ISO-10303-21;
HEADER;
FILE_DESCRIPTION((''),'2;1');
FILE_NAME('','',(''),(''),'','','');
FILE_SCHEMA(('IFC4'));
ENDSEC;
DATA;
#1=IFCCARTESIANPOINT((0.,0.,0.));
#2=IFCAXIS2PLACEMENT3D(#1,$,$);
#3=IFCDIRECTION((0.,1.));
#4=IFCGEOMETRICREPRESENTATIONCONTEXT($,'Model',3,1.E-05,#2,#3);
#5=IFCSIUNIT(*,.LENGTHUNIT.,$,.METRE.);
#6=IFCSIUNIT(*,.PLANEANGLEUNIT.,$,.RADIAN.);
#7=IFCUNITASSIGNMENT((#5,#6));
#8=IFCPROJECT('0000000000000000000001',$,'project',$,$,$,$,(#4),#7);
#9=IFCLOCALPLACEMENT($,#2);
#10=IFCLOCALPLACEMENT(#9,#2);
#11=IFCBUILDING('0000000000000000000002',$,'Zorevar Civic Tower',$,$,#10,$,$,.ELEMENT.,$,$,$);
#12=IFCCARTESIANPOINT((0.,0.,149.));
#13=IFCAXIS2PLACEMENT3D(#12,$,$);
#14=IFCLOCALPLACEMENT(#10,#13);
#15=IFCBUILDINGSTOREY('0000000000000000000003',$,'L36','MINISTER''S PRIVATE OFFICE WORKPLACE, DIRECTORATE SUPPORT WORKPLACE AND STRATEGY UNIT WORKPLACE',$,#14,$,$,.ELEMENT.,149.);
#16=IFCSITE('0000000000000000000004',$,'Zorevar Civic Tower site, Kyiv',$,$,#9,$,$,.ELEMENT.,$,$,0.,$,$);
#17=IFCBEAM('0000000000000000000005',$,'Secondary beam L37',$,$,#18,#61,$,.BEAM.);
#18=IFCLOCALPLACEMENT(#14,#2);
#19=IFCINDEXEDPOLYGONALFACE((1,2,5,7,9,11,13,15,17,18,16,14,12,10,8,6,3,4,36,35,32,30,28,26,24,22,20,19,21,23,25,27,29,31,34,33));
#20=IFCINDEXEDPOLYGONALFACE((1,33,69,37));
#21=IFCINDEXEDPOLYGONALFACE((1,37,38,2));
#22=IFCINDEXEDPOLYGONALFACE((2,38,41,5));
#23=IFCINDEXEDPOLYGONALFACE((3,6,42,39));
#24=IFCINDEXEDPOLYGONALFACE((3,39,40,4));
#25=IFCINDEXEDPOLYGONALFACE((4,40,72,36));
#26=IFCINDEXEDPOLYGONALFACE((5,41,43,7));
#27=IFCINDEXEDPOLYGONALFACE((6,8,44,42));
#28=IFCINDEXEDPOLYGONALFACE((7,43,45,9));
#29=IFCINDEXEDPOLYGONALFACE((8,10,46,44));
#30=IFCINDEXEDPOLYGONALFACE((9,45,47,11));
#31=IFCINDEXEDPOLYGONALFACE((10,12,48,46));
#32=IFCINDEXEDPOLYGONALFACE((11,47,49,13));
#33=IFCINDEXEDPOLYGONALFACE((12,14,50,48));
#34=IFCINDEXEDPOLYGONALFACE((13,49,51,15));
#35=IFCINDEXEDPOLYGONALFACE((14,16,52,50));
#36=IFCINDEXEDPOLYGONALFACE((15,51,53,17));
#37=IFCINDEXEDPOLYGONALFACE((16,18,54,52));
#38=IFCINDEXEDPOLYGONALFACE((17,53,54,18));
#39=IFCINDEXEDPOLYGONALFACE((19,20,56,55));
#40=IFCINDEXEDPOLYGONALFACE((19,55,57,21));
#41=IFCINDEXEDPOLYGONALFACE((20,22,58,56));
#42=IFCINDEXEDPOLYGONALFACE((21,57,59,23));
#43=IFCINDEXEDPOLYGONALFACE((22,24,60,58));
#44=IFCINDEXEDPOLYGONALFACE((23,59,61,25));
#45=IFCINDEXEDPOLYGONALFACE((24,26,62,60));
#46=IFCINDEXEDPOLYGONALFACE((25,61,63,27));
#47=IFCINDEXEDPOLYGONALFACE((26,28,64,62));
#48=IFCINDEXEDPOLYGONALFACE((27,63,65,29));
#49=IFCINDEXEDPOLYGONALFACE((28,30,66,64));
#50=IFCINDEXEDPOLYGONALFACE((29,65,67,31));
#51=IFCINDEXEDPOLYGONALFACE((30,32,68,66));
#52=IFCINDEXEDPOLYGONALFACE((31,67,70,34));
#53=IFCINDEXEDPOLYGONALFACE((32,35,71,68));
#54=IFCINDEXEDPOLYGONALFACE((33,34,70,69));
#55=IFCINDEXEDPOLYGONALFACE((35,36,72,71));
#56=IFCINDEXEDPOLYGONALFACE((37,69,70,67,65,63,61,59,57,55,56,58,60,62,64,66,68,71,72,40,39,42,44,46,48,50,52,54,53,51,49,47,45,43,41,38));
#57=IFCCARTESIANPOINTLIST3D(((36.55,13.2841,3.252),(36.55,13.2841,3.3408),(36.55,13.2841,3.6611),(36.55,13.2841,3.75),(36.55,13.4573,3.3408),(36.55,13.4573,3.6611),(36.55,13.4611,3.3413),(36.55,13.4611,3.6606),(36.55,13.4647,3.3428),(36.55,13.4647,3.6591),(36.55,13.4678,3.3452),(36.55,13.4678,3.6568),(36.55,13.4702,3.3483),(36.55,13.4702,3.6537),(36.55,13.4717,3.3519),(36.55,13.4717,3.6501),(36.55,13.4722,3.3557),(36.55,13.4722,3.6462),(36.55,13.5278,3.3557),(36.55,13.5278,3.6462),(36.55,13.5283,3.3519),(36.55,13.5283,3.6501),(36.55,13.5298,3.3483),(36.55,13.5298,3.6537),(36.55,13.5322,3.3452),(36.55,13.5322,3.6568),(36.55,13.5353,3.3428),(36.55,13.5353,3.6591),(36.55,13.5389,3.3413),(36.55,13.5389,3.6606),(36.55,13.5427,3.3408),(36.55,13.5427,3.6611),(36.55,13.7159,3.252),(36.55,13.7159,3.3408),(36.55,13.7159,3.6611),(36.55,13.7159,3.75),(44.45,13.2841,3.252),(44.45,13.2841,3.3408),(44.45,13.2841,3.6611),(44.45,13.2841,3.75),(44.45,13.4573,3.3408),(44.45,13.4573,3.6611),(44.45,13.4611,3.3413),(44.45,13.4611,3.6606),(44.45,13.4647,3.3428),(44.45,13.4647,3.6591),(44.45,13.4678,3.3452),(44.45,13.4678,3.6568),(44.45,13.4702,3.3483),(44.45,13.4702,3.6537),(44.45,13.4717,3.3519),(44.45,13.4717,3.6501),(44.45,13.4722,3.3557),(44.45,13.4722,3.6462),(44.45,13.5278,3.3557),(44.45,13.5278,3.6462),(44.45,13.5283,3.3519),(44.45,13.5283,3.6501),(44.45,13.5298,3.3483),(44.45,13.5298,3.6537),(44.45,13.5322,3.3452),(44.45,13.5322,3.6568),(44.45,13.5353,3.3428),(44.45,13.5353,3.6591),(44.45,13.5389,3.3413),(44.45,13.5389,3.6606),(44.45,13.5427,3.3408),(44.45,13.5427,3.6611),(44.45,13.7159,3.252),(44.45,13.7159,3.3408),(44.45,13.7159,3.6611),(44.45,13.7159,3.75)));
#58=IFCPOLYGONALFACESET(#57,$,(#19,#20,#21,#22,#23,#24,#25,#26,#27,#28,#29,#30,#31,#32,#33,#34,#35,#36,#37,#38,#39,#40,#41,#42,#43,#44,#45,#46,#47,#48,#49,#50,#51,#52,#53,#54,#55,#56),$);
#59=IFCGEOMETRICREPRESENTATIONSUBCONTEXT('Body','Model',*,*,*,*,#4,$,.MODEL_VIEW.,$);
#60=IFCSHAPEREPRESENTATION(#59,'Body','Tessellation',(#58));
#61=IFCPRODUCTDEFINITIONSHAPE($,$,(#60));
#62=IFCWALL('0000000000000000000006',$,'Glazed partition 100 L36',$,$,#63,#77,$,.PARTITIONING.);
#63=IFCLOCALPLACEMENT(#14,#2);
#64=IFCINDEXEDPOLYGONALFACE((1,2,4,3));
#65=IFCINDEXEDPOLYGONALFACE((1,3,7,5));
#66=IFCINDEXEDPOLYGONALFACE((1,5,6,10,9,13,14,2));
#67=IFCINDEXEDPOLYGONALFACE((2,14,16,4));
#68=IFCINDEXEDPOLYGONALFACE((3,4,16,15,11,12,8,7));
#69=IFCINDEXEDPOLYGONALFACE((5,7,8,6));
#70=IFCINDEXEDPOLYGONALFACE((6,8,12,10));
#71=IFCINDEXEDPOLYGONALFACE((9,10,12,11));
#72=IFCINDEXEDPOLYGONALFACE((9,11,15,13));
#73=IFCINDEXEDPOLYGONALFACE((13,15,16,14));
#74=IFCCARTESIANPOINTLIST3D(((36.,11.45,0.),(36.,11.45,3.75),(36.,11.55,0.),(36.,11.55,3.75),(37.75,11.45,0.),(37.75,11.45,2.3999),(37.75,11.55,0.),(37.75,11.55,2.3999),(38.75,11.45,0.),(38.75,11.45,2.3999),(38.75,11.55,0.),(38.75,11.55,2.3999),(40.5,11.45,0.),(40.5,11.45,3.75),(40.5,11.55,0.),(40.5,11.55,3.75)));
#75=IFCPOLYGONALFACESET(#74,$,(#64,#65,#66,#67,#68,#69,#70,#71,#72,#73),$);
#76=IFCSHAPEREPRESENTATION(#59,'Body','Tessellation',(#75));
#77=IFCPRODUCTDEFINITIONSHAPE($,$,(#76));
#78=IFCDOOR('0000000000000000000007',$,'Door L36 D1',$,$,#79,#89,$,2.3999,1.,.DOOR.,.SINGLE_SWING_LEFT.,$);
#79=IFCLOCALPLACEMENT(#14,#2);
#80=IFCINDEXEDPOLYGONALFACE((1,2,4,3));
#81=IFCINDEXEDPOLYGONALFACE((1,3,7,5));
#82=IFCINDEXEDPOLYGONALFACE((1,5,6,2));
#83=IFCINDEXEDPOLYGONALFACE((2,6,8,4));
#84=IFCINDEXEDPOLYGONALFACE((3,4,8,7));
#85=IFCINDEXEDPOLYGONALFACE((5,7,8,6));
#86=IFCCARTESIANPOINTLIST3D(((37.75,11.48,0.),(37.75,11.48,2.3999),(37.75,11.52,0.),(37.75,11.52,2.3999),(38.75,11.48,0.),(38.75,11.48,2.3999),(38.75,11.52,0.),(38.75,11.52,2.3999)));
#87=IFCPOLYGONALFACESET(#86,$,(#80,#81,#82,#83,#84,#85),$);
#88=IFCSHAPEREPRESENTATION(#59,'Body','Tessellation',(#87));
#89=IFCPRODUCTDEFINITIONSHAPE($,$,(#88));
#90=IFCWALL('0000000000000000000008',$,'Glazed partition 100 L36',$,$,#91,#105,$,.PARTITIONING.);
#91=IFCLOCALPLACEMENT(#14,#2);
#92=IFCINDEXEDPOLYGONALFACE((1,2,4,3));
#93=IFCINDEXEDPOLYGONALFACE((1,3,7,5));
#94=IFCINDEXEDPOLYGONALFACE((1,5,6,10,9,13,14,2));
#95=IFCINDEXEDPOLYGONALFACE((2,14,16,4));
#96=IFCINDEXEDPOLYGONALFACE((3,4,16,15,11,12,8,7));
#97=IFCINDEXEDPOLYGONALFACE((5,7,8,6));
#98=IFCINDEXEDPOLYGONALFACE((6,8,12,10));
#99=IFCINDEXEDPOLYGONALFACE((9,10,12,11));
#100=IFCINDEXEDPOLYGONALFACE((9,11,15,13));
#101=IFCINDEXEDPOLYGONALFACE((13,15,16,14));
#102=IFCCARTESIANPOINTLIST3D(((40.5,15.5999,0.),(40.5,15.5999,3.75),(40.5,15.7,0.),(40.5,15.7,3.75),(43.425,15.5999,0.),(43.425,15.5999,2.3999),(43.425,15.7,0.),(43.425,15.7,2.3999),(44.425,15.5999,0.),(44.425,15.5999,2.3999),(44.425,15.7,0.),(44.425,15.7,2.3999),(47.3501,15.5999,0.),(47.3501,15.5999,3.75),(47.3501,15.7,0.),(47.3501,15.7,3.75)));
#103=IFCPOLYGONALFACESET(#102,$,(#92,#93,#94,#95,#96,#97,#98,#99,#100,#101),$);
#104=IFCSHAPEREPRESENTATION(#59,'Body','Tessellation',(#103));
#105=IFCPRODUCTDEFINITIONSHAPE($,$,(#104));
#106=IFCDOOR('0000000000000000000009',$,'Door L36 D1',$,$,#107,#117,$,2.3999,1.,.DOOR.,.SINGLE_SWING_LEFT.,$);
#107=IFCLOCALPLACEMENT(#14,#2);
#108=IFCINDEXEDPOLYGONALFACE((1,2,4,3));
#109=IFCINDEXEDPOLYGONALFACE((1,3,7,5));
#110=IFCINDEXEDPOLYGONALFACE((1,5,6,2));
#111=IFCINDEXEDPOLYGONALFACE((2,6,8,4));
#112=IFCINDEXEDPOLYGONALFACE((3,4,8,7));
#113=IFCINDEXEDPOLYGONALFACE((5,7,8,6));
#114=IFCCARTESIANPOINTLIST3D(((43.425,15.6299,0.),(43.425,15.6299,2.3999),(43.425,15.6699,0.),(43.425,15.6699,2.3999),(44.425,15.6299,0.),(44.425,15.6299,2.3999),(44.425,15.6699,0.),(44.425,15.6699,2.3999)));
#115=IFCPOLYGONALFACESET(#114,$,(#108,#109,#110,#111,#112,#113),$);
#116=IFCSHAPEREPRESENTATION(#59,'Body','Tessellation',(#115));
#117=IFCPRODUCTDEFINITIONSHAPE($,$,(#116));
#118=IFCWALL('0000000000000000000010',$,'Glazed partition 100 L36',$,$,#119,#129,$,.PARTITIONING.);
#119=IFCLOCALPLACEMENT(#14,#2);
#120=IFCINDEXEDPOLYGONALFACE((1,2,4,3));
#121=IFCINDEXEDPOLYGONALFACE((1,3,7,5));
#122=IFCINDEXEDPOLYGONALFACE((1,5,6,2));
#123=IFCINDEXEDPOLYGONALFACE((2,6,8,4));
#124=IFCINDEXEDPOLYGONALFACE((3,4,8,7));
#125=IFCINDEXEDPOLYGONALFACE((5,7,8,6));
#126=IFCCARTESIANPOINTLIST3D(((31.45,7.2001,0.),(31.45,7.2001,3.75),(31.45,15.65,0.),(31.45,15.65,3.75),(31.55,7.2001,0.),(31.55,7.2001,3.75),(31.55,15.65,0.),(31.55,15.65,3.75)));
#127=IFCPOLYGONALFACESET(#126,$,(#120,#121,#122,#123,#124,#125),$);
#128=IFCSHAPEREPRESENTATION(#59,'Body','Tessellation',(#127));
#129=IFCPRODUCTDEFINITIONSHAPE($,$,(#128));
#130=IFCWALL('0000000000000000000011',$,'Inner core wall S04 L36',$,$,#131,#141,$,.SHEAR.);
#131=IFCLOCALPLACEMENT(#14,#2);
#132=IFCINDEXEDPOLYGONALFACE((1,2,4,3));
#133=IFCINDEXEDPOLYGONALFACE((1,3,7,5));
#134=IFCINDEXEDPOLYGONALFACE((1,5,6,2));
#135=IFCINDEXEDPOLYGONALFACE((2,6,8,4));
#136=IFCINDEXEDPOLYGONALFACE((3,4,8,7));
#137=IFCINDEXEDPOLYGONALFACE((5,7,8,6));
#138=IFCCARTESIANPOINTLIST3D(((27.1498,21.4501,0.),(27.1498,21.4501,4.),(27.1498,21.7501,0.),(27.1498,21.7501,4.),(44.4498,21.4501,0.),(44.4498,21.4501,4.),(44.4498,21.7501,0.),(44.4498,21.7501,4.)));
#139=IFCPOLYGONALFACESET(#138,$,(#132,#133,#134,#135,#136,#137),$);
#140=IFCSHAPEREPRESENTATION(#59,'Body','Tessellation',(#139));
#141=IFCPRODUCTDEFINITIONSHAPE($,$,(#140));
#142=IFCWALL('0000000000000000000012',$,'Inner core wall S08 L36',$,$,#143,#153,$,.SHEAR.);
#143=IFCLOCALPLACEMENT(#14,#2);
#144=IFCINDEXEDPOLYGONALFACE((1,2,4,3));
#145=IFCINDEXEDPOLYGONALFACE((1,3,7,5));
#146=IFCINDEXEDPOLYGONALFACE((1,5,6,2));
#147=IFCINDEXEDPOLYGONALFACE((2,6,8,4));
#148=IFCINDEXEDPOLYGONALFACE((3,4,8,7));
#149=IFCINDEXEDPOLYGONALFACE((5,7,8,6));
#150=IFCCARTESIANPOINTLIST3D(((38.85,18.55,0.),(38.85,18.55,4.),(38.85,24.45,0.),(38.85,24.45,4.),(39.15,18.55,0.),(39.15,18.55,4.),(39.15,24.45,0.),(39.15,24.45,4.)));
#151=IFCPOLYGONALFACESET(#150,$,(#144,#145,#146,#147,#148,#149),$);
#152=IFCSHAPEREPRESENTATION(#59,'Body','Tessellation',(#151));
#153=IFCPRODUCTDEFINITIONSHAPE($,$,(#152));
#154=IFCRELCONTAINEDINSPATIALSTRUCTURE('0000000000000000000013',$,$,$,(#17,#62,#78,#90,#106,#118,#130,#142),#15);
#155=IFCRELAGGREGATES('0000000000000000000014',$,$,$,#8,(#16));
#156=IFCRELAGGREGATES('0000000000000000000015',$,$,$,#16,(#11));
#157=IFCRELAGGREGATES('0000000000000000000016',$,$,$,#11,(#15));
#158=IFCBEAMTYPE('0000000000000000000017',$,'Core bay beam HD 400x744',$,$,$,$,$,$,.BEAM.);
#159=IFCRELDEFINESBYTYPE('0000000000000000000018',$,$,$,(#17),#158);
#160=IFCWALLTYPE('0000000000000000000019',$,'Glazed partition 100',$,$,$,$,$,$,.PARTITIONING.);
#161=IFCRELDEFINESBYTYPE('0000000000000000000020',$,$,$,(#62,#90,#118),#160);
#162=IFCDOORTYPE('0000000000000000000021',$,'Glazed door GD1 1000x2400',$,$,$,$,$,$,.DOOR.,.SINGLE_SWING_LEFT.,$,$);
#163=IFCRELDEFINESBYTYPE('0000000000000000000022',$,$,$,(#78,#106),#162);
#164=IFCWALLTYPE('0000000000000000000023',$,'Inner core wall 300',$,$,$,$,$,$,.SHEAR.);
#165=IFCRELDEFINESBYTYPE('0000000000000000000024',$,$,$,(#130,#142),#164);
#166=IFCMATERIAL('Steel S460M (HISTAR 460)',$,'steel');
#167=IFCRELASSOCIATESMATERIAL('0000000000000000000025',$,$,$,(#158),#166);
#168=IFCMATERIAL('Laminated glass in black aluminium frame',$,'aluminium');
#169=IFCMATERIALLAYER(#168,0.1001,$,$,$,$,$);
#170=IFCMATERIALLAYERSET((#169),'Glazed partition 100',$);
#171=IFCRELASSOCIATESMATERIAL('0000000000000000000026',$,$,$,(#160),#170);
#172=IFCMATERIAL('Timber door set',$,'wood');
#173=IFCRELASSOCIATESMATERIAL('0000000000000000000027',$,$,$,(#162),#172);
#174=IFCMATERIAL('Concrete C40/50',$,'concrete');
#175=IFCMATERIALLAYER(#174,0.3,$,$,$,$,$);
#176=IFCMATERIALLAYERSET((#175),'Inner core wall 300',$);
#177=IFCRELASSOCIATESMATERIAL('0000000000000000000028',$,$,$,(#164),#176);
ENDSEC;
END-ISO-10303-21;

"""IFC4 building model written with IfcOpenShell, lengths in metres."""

from ifc_helpers import new_model, si_unit, direction, frame, frame_2d, origin, origin_2d, place, context, subcontext, project, spatial, rectangle, i_section, extrude, material, layer, layer_set, material_profile, profile_set, type_object, element, fill, save


model = new_model("IFC4")

# Units and contexts
model_context = context("Model", 3, precision=1e-05, world=origin(), true_north=direction((0.0, 1.0)))
body_context = subcontext(model_context, "Body", "Model", "MODEL_VIEW")
ifc_project = project(units=[si_unit("LENGTHUNIT", "METRE"), si_unit("PLANEANGLEUNIT", "RADIAN")], contexts=[model_context])

# Site, building, storey
site_placement = place(None, origin())
site = spatial("IfcSite", under=ifc_project, at=site_placement, Name="Zorevar Civic Tower site, Kyiv", CompositionType="ELEMENT", RefElevation=0.0)
building_placement = place(site_placement, origin())
building = spatial("IfcBuilding", under=site, at=building_placement, Name="Zorevar Civic Tower", CompositionType="ELEMENT")
storey_placement = place(building_placement, frame((0.0, 0.0, 149.0)))
storey = spatial("IfcBuildingStorey", under=building, at=storey_placement, Name="L36", Description="MINISTER'S PRIVATE OFFICE WORKPLACE, DIRECTORATE SUPPORT WORKPLACE AND STRATEGY UNIT WORKPLACE", CompositionType="ELEMENT", Elevation=149.0)

# Beam
ifc_material_1 = material(Name="Steel S460M (HISTAR 460)", Category="steel")
ifc_material_profile_1 = material_profile(ifc_material_1, i_section(OverallWidth=0.4319, OverallDepth=0.498, WebThickness=0.0557, FlangeThickness=0.0889, FilletRadius=0.0149, at=origin_2d()), Name="HD 400x744")
ifc_profile_set_1 = profile_set([ifc_material_profile_1], Name="Steel S460M (HISTAR 460)")
beam_type_1 = type_object("IfcBeamType", Name="Core bay beam HD 400x744", PredefinedType="BEAM", material=ifc_profile_set_1)
for number, where, z_axis, x_axis, name in (
    (1, (36.55, 13.5, 3.501), (1.0, 0.0, 0.0), (0.0, 1.0, 0.0), "Secondary beam L37"),
):
    element("IfcBeam", number, at=place(storey_placement, frame(where, z_axis=z_axis, x_axis=x_axis)), inside=storey, type_object=beam_type_1, Name=name, PredefinedType="BEAM", context=body_context, shape_type="SweptSolid", body=[
        extrude(i_section(OverallWidth=0.4319, OverallDepth=0.498, WebThickness=0.0557, FlangeThickness=0.0889, FilletRadius=0.0149, at=origin_2d()), origin(), (0.0, 0.0, 1.0), 7.8999),
    ])

# Walls, openings, doors
ifc_material_2 = material(Name="Laminated glass in black aluminium frame", Category="aluminium")
ifc_layer_1 = layer(ifc_material_2, 0.1001)
ifc_layer_set_1 = layer_set([ifc_layer_1], Name="Glazed partition 100")
wall_type_1 = type_object("IfcWallType", Name="Glazed partition 100", PredefinedType="PARTITIONING", material=ifc_layer_set_1)
wall_1_placement = place(storey_placement, frame((36.0, 11.5, 0.0), z_axis=(0.0, 0.0, 1.0), x_axis=(1.0, 0.0, 0.0)))
wall_1 = element("IfcWall", 2, at=wall_1_placement, inside=storey, type_object=wall_type_1, Name="Glazed partition 100 L36", PredefinedType="PARTITIONING", context=body_context, shape_type="SweptSolid", body=[
    extrude(rectangle(XDim=4.5, YDim=0.1001, at=frame_2d((2.25, 0.0))), origin(), (0.0, 0.0, 1.0), 3.75),
])
opening_1_placement = place(wall_1_placement, frame((1.75, 0.0, 0.0)))
opening_1 = element("IfcOpeningElement", 3, at=opening_1_placement, cuts=wall_1, PredefinedType="OPENING", context=body_context, shape_type="SweptSolid", body=[
    extrude(rectangle(XDim=1.0, YDim=2.3999, at=frame_2d((0.5, 1.2))), frame((0.0, 0.0601, 0.0), z_axis=(0.0, -1.0, 0.0), x_axis=(1.0, 0.0, 0.0)), (0.0, 0.0, 1.0), 0.1201),
])
ifc_material_3 = material(Name="Timber door set", Category="wood")
door_type_1 = type_object("IfcDoorType", Name="Glazed door GD1 1000x2400", OperationType="SINGLE_SWING_LEFT", PredefinedType="DOOR", material=ifc_material_3)
door_1_placement = place(opening_1_placement, origin())
door_1 = element("IfcDoor", 4, at=door_1_placement, inside=storey, type_object=door_type_1, Name="Door L36 D1", OperationType="SINGLE_SWING_LEFT", OverallHeight=2.3999, OverallWidth=1.0, PredefinedType="DOOR", context=body_context, shape_type="SweptSolid", body=[
    extrude(rectangle(XDim=1.0, YDim=2.3999, at=frame_2d((0.5, 1.2))), frame((0.0, 0.02, 0.0), z_axis=(0.0, -1.0, 0.0), x_axis=(1.0, 0.0, 0.0)), (0.0, 0.0, 1.0), 0.04),
])
fill(opening_1, door_1)
wall_2_placement = place(storey_placement, frame((40.5, 15.6499, 0.0), z_axis=(0.0, 0.0, 1.0), x_axis=(1.0, 0.0, 0.0)))
wall_2 = element("IfcWall", 5, at=wall_2_placement, inside=storey, type_object=wall_type_1, Name="Glazed partition 100 L36", PredefinedType="PARTITIONING", context=body_context, shape_type="SweptSolid", body=[
    extrude(rectangle(XDim=6.8501, YDim=0.1001, at=frame_2d((3.425, 0.0))), origin(), (0.0, 0.0, 1.0), 3.75),
])
opening_2_placement = place(wall_2_placement, frame((2.925, 0.0, 0.0)))
opening_2 = element("IfcOpeningElement", 6, at=opening_2_placement, cuts=wall_2, PredefinedType="OPENING", context=body_context, shape_type="SweptSolid", body=[
    extrude(rectangle(XDim=1.0, YDim=2.3999, at=frame_2d((0.5, 1.2))), frame((0.0, 0.0601, 0.0), z_axis=(0.0, -1.0, 0.0), x_axis=(1.0, 0.0, 0.0)), (0.0, 0.0, 1.0), 0.1201),
])
door_2_placement = place(opening_2_placement, origin())
door_2 = element("IfcDoor", 7, at=door_2_placement, inside=storey, type_object=door_type_1, Name="Door L36 D1", OperationType="SINGLE_SWING_LEFT", OverallHeight=2.3999, OverallWidth=1.0, PredefinedType="DOOR", context=body_context, shape_type="SweptSolid", body=[
    extrude(rectangle(XDim=1.0, YDim=2.3999, at=frame_2d((0.5, 1.2))), frame((0.0, 0.02, 0.0), z_axis=(0.0, -1.0, 0.0), x_axis=(1.0, 0.0, 0.0)), (0.0, 0.0, 1.0), 0.04),
])
fill(opening_2, door_2)

# Walls
wall_3_placement = place(storey_placement, frame((31.5, 7.2, 0.0), z_axis=(0.0, 0.0, 1.0), x_axis=(0.0, 1.0, 0.0)))
element("IfcWall", 8, at=wall_3_placement, inside=storey, type_object=wall_type_1, Name="Glazed partition 100 L36", PredefinedType="PARTITIONING", context=body_context, shape_type="SweptSolid", body=[
    extrude(rectangle(XDim=8.45, YDim=0.1001, at=frame_2d((4.2251, 0.0))), origin(), (0.0, 0.0, 1.0), 3.75),
])
ifc_material_4 = material(Name="Concrete C40/50", Category="concrete")
ifc_layer_2 = layer(ifc_material_4, 0.3)
ifc_layer_set_2 = layer_set([ifc_layer_2], Name="Inner core wall 300")
wall_type_2 = type_object("IfcWallType", Name="Inner core wall 300", PredefinedType="SHEAR", material=ifc_layer_set_2)
wall_4_placement = place(storey_placement, frame((27.1499, 21.6001, 0.0), z_axis=(0.0, 0.0, 1.0), x_axis=(1.0, 0.0, 0.0)))
element("IfcWall", 9, at=wall_4_placement, inside=storey, type_object=wall_type_2, Name="Inner core wall S04 L36", PredefinedType="SHEAR", context=body_context, shape_type="SweptSolid", body=[
    extrude(rectangle(XDim=17.3, YDim=0.3, at=frame_2d((8.6499, 0.0))), origin(), (0.0, 0.0, 1.0), 4.0),
])
wall_5_placement = place(storey_placement, frame((39.0, 18.55, 0.0), z_axis=(0.0, 0.0, 1.0), x_axis=(0.0, 1.0, 0.0)))
element("IfcWall", 10, at=wall_5_placement, inside=storey, type_object=wall_type_2, Name="Inner core wall S08 L36", PredefinedType="SHEAR", context=body_context, shape_type="SweptSolid", body=[
    extrude(rectangle(XDim=5.8999, YDim=0.3, at=frame_2d((2.95, 0.0))), origin(), (0.0, 0.0, 1.0), 4.0),
])

save(model, "model.ifc")
